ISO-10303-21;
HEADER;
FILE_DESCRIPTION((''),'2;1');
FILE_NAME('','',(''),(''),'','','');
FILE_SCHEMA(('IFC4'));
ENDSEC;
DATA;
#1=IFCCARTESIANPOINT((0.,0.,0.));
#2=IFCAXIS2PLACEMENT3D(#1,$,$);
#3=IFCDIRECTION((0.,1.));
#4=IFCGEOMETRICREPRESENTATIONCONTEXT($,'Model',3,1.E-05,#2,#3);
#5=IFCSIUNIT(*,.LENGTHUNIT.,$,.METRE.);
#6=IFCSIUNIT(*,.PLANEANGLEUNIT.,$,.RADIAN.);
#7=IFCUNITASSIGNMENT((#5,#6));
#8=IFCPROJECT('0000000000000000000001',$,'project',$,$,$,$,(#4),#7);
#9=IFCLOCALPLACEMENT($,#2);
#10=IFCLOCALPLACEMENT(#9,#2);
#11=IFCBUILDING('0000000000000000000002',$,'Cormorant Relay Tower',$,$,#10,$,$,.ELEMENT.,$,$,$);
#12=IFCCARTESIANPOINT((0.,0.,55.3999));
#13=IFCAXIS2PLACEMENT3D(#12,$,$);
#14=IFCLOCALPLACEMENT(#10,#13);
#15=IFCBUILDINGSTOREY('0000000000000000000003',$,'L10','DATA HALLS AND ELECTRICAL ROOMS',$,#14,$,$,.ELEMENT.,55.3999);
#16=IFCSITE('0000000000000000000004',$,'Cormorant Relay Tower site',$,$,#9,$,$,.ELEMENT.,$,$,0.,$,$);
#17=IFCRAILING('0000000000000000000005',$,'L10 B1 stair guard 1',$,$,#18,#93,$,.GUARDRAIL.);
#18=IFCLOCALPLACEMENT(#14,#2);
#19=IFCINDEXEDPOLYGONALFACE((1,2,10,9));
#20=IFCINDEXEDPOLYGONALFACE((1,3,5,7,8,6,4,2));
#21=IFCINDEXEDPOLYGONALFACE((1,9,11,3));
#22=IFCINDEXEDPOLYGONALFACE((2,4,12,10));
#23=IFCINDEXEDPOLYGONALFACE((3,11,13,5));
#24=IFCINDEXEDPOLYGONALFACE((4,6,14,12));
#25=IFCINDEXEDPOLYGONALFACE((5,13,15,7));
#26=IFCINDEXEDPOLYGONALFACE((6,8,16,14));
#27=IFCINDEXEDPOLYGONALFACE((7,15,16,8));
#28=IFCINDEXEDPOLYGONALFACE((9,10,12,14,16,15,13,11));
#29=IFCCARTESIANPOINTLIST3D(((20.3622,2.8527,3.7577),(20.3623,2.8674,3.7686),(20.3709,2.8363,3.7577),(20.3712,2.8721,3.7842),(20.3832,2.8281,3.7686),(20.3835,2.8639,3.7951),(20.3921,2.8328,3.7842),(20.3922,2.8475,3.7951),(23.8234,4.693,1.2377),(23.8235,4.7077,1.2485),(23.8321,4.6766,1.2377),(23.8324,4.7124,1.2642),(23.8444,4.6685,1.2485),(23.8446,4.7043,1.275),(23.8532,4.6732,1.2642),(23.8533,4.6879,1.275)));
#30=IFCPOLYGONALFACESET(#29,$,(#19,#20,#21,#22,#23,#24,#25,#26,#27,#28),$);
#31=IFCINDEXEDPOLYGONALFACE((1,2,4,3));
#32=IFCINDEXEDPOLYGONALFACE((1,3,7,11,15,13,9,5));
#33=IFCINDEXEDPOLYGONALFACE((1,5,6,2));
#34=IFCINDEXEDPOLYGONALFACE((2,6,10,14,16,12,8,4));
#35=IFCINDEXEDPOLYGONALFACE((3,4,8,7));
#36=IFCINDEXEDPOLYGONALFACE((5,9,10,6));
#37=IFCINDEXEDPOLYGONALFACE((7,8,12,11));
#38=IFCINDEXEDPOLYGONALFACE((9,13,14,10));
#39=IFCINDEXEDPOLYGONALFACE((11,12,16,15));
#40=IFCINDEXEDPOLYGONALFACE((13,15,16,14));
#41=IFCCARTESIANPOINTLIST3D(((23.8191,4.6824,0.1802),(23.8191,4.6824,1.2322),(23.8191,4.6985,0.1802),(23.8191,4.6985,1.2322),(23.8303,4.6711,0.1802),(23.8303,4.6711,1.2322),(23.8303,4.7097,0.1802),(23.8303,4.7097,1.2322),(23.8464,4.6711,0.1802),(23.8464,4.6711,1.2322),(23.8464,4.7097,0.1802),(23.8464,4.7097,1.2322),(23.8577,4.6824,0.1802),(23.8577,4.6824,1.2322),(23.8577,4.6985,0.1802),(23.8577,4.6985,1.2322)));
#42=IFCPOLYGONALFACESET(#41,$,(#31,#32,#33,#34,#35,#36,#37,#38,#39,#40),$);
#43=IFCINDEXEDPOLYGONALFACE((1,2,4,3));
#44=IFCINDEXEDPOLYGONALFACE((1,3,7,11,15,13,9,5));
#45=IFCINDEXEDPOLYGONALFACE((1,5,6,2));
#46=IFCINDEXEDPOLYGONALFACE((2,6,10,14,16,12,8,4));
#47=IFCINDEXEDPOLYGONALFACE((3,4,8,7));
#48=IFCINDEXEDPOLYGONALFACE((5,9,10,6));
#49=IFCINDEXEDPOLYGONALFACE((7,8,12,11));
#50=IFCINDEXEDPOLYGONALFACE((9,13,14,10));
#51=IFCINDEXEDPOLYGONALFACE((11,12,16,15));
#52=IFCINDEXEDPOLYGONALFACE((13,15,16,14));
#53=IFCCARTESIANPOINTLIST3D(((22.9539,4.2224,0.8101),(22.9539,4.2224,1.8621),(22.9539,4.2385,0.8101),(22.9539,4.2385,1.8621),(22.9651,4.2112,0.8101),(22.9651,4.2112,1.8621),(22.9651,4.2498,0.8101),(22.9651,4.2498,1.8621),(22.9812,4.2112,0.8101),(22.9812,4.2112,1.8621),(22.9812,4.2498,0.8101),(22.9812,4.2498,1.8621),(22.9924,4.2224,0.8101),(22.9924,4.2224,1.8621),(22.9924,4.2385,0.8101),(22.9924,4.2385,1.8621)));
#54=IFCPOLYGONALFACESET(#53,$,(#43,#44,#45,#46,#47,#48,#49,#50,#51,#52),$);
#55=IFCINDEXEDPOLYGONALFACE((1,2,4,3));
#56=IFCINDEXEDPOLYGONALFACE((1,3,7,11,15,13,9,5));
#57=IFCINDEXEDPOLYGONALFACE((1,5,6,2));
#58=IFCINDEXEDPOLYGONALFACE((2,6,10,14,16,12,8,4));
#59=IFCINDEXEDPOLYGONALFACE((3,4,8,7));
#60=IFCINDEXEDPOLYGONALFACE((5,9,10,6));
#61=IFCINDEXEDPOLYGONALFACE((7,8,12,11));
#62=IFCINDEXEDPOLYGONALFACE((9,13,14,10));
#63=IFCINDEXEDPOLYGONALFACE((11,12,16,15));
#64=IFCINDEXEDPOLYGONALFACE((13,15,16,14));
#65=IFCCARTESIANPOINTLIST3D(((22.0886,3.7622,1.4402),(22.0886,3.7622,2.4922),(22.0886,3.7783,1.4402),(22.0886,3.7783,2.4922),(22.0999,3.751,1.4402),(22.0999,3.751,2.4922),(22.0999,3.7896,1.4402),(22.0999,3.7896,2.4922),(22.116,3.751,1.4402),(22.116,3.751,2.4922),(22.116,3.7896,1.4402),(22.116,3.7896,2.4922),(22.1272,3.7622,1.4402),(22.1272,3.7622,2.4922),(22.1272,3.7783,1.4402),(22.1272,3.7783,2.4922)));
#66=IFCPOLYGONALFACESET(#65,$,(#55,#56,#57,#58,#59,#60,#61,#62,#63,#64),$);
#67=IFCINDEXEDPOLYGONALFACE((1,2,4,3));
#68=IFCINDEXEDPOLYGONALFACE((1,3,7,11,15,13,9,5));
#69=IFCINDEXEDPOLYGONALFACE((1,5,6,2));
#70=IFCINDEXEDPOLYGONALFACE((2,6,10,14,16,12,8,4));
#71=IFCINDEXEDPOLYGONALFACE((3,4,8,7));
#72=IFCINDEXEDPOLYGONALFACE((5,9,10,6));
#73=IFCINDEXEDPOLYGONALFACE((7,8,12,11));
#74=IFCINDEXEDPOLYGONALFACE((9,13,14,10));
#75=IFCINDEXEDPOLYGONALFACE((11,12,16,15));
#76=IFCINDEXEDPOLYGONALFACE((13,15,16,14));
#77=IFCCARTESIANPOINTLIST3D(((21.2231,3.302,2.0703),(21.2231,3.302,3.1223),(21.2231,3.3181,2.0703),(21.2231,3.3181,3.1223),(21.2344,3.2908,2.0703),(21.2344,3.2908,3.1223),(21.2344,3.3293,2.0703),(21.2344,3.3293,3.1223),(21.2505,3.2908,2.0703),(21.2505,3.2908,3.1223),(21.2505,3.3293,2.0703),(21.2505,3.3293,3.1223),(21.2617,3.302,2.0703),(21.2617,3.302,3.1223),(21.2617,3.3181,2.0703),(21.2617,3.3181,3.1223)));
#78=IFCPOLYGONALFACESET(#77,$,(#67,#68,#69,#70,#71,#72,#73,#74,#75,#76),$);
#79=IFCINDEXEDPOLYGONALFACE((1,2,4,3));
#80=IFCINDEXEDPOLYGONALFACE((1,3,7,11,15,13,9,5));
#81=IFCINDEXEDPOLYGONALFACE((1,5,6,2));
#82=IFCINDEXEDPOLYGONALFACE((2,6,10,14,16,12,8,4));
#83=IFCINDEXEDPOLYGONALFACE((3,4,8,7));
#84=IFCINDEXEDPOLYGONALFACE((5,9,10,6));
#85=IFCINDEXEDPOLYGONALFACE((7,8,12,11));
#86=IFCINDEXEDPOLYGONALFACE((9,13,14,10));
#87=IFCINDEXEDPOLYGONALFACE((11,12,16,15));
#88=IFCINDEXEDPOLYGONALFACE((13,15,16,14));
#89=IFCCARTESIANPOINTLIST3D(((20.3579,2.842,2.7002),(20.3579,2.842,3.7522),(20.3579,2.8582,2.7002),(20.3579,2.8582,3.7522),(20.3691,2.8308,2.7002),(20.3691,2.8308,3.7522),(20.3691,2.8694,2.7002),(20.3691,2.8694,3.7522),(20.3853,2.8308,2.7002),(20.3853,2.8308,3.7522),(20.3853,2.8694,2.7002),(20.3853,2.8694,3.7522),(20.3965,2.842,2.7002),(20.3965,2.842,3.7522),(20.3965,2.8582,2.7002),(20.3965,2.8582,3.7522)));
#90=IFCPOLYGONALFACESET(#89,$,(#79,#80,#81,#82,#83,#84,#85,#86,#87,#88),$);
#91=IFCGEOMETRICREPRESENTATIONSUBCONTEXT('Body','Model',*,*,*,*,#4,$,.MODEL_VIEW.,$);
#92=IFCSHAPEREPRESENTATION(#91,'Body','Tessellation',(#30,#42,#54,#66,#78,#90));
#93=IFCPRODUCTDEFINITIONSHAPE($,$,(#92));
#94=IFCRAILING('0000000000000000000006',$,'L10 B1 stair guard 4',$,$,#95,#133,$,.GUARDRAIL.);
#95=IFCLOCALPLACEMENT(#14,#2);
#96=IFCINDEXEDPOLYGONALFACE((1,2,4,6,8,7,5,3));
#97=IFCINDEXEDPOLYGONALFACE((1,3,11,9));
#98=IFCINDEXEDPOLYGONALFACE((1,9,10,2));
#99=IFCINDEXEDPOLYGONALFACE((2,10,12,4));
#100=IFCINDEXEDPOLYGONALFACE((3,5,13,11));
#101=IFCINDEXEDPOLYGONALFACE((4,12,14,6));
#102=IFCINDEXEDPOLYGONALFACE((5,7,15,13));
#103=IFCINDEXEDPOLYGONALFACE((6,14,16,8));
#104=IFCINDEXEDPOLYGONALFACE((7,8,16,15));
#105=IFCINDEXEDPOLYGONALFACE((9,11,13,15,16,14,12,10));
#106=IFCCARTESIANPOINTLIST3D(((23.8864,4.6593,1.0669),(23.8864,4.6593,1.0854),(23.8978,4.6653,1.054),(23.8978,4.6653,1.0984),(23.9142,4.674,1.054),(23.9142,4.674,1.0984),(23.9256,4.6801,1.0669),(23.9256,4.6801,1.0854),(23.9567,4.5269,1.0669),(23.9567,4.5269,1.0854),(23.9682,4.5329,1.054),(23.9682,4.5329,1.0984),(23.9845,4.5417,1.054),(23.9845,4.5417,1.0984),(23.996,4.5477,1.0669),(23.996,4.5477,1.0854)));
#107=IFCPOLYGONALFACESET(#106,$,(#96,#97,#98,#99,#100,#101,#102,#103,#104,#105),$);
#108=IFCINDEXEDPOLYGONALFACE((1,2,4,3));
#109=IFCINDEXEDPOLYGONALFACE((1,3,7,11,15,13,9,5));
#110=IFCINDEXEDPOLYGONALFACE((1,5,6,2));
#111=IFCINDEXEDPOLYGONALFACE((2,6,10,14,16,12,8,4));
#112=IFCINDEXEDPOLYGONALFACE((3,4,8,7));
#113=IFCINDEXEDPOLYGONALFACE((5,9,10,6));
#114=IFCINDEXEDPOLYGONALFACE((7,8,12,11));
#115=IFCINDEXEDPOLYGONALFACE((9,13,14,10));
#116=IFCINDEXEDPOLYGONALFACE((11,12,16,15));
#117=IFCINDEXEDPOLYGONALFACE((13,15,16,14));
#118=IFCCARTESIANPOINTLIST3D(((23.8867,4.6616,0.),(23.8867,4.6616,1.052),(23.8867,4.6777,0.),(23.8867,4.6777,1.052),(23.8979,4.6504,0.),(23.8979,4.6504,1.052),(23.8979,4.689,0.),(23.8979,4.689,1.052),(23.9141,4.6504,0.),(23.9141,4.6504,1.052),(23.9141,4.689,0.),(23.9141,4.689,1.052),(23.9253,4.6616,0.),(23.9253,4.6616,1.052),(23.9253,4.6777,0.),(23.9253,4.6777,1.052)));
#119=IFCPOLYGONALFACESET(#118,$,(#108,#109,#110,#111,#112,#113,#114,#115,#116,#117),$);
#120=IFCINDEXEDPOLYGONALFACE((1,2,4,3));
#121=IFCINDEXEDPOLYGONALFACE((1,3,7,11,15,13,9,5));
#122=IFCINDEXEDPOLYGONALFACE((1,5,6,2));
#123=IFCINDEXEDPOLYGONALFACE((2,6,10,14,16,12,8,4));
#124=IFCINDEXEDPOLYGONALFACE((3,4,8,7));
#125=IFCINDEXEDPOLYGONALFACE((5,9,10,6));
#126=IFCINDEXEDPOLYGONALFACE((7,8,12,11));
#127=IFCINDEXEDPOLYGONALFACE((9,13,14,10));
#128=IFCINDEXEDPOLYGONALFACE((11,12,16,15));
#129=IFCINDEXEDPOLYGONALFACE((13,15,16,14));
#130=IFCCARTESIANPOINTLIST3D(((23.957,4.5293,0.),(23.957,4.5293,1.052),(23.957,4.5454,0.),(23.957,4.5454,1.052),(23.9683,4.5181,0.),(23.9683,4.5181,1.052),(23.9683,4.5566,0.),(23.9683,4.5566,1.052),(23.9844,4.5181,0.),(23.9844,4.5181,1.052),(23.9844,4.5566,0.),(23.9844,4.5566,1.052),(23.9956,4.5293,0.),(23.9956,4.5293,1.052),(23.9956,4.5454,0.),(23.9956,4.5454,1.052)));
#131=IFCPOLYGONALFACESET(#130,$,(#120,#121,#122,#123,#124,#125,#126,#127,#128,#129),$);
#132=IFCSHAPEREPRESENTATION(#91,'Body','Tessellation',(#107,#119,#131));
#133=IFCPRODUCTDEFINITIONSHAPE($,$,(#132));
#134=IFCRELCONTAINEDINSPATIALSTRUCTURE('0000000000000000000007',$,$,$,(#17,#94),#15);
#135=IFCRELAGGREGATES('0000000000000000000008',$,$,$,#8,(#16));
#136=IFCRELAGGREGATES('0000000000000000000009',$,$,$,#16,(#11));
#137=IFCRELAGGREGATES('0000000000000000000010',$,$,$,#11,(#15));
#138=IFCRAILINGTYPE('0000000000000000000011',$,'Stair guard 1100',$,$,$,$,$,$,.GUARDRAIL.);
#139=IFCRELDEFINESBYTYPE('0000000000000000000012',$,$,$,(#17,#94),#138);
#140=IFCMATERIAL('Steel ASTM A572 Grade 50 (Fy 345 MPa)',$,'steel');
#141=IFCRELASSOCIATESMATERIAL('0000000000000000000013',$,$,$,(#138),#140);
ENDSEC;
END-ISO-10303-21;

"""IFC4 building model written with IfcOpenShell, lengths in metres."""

from ifc_helpers import new_model, si_unit, direction, frame, origin, place, context, subcontext, project, spatial, polyline, outline, extrude, material, type_object, element, save


model = new_model("IFC4")

# Units and contexts
model_context = context("Model", 3, precision=1e-05, world=origin(), true_north=direction((0.0, 1.0)))
body_context = subcontext(model_context, "Body", "Model", "MODEL_VIEW")
ifc_project = project(units=[si_unit("LENGTHUNIT", "METRE"), si_unit("PLANEANGLEUNIT", "RADIAN")], contexts=[model_context])

# Site, building, storey
site_placement = place(None, origin())
site = spatial("IfcSite", under=ifc_project, at=site_placement, Name="Cormorant Relay Tower site", CompositionType="ELEMENT", RefElevation=0.0)
building_placement = place(site_placement, origin())
building = spatial("IfcBuilding", under=site, at=building_placement, Name="Cormorant Relay Tower", CompositionType="ELEMENT")
storey_placement = place(building_placement, frame((0.0, 0.0, 55.3999)))
storey = spatial("IfcBuildingStorey", under=building, at=storey_placement, Name="L10", Description="DATA HALLS AND ELECTRICAL ROOMS", CompositionType="ELEMENT", Elevation=55.3999)

# Railings
ifc_material_1 = material(Name="Steel ASTM A572 Grade 50 (Fy 345 MPa)", Category="steel")
railing_type_1 = type_object("IfcRailingType", Name="Stair guard 1100", PredefinedType="GUARDRAIL", material=ifc_material_1)
railing_1_placement = place(storey_placement, frame((23.8384, 4.6904, 0.1802)))
element("IfcRailing", 1, at=railing_1_placement, inside=storey, type_object=railing_type_1, Name="L10 B1 stair guard 1", PredefinedType="GUARDRAIL", context=body_context, shape_type="SweptSolid", body=[
    extrude(outline(polyline([(0.0222, 0.0093), (0.0093, 0.0222), (-0.0093, 0.0222), (-0.0222, 0.0093), (-0.0222, -0.0093), (-0.0093, -0.0222), (0.0093, -0.0222), (0.0222, -0.0093), (0.0222, 0.0093)])), frame((0.0, 0.0, 1.0762), z_axis=(-0.742717, -0.394907, 0.540758), x_axis=(0.469469, -0.882949, 0.0)), (0.0, 0.0, 1.0), 4.6602),
    extrude(outline(polyline([(0.0193, 0.0081), (0.0081, 0.0193), (-0.0081, 0.0193), (-0.0193, 0.0081), (-0.0193, -0.0081), (-0.0081, -0.0193), (0.0081, -0.0193), (0.0193, -0.0081), (0.0193, 0.0081)])), origin(), (0.0, 0.0, 1.0), 1.052),
    extrude(outline(polyline([(0.0193, 0.0081), (0.0081, 0.0193), (-0.0081, 0.0193), (-0.0193, 0.0081), (-0.0193, -0.0081), (-0.0081, -0.0193), (0.0081, -0.0193), (0.0193, -0.0081), (0.0193, 0.0081)])), frame((-0.8652, -0.46, 0.6299)), (0.0, 0.0, 1.0), 1.052),
    extrude(outline(polyline([(0.0193, 0.0081), (0.0081, 0.0193), (-0.0081, 0.0193), (-0.0193, 0.0081), (-0.0193, -0.0081), (-0.0081, -0.0193), (0.0081, -0.0193), (0.0193, -0.0081), (0.0193, 0.0081)])), frame((-1.7305, -0.9202, 1.26)), (0.0, 0.0, 1.0), 1.052),
    extrude(outline(polyline([(0.0193, 0.0081), (0.0081, 0.0193), (-0.0081, 0.0193), (-0.0193, 0.0081), (-0.0193, -0.0081), (-0.0081, -0.0193), (0.0081, -0.0193), (0.0193, -0.0081), (0.0193, 0.0081)])), frame((-2.5959, -1.3804, 1.8901)), (0.0, 0.0, 1.0), 1.052),
    extrude(outline(polyline([(0.0193, 0.0081), (0.0081, 0.0193), (-0.0081, 0.0193), (-0.0193, 0.0081), (-0.0193, -0.0081), (-0.0081, -0.0193), (0.0081, -0.0193), (0.0193, -0.0081), (0.0193, 0.0081)])), frame((-3.4612, -1.8403, 2.52)), (0.0, 0.0, 1.0), 1.052),
])
railing_2_placement = place(storey_placement, frame((23.906, 4.6697, 0.0)))
element("IfcRailing", 2, at=railing_2_placement, inside=storey, type_object=railing_type_1, Name="L10 B1 stair guard 4", PredefinedType="GUARDRAIL", context=body_context, shape_type="SweptSolid", body=[
    extrude(outline(polyline([(0.0222, 0.0093), (0.0093, 0.0222), (-0.0093, 0.0222), (-0.0222, 0.0093), (-0.0222, -0.0093), (-0.0093, -0.0222), (0.0093, -0.0222), (0.0222, -0.0093), (0.0222, 0.0093)])), frame((0.0, 0.0, 1.0762), z_axis=(0.469235, -0.883074, 0.0), x_axis=(0.883074, 0.469235, 0.0)), (0.0, 0.0, 1.0), 0.1499),
    extrude(outline(polyline([(0.0193, 0.0081), (0.0081, 0.0193), (-0.0081, 0.0193), (-0.0193, 0.0081), (-0.0193, -0.0081), (-0.0081, -0.0193), (0.0081, -0.0193), (0.0193, -0.0081), (0.0193, 0.0081)])), origin(), (0.0, 0.0, 1.0), 1.052),
    extrude(outline(polyline([(0.0193, 0.0081), (0.0081, 0.0193), (-0.0081, 0.0193), (-0.0193, 0.0081), (-0.0193, -0.0081), (-0.0081, -0.0193), (0.0081, -0.0193), (0.0193, -0.0081), (0.0193, 0.0081)])), frame((0.0703, -0.1323, 0.0)), (0.0, 0.0, 1.0), 1.052),
])

save(model, "model.ifc")
